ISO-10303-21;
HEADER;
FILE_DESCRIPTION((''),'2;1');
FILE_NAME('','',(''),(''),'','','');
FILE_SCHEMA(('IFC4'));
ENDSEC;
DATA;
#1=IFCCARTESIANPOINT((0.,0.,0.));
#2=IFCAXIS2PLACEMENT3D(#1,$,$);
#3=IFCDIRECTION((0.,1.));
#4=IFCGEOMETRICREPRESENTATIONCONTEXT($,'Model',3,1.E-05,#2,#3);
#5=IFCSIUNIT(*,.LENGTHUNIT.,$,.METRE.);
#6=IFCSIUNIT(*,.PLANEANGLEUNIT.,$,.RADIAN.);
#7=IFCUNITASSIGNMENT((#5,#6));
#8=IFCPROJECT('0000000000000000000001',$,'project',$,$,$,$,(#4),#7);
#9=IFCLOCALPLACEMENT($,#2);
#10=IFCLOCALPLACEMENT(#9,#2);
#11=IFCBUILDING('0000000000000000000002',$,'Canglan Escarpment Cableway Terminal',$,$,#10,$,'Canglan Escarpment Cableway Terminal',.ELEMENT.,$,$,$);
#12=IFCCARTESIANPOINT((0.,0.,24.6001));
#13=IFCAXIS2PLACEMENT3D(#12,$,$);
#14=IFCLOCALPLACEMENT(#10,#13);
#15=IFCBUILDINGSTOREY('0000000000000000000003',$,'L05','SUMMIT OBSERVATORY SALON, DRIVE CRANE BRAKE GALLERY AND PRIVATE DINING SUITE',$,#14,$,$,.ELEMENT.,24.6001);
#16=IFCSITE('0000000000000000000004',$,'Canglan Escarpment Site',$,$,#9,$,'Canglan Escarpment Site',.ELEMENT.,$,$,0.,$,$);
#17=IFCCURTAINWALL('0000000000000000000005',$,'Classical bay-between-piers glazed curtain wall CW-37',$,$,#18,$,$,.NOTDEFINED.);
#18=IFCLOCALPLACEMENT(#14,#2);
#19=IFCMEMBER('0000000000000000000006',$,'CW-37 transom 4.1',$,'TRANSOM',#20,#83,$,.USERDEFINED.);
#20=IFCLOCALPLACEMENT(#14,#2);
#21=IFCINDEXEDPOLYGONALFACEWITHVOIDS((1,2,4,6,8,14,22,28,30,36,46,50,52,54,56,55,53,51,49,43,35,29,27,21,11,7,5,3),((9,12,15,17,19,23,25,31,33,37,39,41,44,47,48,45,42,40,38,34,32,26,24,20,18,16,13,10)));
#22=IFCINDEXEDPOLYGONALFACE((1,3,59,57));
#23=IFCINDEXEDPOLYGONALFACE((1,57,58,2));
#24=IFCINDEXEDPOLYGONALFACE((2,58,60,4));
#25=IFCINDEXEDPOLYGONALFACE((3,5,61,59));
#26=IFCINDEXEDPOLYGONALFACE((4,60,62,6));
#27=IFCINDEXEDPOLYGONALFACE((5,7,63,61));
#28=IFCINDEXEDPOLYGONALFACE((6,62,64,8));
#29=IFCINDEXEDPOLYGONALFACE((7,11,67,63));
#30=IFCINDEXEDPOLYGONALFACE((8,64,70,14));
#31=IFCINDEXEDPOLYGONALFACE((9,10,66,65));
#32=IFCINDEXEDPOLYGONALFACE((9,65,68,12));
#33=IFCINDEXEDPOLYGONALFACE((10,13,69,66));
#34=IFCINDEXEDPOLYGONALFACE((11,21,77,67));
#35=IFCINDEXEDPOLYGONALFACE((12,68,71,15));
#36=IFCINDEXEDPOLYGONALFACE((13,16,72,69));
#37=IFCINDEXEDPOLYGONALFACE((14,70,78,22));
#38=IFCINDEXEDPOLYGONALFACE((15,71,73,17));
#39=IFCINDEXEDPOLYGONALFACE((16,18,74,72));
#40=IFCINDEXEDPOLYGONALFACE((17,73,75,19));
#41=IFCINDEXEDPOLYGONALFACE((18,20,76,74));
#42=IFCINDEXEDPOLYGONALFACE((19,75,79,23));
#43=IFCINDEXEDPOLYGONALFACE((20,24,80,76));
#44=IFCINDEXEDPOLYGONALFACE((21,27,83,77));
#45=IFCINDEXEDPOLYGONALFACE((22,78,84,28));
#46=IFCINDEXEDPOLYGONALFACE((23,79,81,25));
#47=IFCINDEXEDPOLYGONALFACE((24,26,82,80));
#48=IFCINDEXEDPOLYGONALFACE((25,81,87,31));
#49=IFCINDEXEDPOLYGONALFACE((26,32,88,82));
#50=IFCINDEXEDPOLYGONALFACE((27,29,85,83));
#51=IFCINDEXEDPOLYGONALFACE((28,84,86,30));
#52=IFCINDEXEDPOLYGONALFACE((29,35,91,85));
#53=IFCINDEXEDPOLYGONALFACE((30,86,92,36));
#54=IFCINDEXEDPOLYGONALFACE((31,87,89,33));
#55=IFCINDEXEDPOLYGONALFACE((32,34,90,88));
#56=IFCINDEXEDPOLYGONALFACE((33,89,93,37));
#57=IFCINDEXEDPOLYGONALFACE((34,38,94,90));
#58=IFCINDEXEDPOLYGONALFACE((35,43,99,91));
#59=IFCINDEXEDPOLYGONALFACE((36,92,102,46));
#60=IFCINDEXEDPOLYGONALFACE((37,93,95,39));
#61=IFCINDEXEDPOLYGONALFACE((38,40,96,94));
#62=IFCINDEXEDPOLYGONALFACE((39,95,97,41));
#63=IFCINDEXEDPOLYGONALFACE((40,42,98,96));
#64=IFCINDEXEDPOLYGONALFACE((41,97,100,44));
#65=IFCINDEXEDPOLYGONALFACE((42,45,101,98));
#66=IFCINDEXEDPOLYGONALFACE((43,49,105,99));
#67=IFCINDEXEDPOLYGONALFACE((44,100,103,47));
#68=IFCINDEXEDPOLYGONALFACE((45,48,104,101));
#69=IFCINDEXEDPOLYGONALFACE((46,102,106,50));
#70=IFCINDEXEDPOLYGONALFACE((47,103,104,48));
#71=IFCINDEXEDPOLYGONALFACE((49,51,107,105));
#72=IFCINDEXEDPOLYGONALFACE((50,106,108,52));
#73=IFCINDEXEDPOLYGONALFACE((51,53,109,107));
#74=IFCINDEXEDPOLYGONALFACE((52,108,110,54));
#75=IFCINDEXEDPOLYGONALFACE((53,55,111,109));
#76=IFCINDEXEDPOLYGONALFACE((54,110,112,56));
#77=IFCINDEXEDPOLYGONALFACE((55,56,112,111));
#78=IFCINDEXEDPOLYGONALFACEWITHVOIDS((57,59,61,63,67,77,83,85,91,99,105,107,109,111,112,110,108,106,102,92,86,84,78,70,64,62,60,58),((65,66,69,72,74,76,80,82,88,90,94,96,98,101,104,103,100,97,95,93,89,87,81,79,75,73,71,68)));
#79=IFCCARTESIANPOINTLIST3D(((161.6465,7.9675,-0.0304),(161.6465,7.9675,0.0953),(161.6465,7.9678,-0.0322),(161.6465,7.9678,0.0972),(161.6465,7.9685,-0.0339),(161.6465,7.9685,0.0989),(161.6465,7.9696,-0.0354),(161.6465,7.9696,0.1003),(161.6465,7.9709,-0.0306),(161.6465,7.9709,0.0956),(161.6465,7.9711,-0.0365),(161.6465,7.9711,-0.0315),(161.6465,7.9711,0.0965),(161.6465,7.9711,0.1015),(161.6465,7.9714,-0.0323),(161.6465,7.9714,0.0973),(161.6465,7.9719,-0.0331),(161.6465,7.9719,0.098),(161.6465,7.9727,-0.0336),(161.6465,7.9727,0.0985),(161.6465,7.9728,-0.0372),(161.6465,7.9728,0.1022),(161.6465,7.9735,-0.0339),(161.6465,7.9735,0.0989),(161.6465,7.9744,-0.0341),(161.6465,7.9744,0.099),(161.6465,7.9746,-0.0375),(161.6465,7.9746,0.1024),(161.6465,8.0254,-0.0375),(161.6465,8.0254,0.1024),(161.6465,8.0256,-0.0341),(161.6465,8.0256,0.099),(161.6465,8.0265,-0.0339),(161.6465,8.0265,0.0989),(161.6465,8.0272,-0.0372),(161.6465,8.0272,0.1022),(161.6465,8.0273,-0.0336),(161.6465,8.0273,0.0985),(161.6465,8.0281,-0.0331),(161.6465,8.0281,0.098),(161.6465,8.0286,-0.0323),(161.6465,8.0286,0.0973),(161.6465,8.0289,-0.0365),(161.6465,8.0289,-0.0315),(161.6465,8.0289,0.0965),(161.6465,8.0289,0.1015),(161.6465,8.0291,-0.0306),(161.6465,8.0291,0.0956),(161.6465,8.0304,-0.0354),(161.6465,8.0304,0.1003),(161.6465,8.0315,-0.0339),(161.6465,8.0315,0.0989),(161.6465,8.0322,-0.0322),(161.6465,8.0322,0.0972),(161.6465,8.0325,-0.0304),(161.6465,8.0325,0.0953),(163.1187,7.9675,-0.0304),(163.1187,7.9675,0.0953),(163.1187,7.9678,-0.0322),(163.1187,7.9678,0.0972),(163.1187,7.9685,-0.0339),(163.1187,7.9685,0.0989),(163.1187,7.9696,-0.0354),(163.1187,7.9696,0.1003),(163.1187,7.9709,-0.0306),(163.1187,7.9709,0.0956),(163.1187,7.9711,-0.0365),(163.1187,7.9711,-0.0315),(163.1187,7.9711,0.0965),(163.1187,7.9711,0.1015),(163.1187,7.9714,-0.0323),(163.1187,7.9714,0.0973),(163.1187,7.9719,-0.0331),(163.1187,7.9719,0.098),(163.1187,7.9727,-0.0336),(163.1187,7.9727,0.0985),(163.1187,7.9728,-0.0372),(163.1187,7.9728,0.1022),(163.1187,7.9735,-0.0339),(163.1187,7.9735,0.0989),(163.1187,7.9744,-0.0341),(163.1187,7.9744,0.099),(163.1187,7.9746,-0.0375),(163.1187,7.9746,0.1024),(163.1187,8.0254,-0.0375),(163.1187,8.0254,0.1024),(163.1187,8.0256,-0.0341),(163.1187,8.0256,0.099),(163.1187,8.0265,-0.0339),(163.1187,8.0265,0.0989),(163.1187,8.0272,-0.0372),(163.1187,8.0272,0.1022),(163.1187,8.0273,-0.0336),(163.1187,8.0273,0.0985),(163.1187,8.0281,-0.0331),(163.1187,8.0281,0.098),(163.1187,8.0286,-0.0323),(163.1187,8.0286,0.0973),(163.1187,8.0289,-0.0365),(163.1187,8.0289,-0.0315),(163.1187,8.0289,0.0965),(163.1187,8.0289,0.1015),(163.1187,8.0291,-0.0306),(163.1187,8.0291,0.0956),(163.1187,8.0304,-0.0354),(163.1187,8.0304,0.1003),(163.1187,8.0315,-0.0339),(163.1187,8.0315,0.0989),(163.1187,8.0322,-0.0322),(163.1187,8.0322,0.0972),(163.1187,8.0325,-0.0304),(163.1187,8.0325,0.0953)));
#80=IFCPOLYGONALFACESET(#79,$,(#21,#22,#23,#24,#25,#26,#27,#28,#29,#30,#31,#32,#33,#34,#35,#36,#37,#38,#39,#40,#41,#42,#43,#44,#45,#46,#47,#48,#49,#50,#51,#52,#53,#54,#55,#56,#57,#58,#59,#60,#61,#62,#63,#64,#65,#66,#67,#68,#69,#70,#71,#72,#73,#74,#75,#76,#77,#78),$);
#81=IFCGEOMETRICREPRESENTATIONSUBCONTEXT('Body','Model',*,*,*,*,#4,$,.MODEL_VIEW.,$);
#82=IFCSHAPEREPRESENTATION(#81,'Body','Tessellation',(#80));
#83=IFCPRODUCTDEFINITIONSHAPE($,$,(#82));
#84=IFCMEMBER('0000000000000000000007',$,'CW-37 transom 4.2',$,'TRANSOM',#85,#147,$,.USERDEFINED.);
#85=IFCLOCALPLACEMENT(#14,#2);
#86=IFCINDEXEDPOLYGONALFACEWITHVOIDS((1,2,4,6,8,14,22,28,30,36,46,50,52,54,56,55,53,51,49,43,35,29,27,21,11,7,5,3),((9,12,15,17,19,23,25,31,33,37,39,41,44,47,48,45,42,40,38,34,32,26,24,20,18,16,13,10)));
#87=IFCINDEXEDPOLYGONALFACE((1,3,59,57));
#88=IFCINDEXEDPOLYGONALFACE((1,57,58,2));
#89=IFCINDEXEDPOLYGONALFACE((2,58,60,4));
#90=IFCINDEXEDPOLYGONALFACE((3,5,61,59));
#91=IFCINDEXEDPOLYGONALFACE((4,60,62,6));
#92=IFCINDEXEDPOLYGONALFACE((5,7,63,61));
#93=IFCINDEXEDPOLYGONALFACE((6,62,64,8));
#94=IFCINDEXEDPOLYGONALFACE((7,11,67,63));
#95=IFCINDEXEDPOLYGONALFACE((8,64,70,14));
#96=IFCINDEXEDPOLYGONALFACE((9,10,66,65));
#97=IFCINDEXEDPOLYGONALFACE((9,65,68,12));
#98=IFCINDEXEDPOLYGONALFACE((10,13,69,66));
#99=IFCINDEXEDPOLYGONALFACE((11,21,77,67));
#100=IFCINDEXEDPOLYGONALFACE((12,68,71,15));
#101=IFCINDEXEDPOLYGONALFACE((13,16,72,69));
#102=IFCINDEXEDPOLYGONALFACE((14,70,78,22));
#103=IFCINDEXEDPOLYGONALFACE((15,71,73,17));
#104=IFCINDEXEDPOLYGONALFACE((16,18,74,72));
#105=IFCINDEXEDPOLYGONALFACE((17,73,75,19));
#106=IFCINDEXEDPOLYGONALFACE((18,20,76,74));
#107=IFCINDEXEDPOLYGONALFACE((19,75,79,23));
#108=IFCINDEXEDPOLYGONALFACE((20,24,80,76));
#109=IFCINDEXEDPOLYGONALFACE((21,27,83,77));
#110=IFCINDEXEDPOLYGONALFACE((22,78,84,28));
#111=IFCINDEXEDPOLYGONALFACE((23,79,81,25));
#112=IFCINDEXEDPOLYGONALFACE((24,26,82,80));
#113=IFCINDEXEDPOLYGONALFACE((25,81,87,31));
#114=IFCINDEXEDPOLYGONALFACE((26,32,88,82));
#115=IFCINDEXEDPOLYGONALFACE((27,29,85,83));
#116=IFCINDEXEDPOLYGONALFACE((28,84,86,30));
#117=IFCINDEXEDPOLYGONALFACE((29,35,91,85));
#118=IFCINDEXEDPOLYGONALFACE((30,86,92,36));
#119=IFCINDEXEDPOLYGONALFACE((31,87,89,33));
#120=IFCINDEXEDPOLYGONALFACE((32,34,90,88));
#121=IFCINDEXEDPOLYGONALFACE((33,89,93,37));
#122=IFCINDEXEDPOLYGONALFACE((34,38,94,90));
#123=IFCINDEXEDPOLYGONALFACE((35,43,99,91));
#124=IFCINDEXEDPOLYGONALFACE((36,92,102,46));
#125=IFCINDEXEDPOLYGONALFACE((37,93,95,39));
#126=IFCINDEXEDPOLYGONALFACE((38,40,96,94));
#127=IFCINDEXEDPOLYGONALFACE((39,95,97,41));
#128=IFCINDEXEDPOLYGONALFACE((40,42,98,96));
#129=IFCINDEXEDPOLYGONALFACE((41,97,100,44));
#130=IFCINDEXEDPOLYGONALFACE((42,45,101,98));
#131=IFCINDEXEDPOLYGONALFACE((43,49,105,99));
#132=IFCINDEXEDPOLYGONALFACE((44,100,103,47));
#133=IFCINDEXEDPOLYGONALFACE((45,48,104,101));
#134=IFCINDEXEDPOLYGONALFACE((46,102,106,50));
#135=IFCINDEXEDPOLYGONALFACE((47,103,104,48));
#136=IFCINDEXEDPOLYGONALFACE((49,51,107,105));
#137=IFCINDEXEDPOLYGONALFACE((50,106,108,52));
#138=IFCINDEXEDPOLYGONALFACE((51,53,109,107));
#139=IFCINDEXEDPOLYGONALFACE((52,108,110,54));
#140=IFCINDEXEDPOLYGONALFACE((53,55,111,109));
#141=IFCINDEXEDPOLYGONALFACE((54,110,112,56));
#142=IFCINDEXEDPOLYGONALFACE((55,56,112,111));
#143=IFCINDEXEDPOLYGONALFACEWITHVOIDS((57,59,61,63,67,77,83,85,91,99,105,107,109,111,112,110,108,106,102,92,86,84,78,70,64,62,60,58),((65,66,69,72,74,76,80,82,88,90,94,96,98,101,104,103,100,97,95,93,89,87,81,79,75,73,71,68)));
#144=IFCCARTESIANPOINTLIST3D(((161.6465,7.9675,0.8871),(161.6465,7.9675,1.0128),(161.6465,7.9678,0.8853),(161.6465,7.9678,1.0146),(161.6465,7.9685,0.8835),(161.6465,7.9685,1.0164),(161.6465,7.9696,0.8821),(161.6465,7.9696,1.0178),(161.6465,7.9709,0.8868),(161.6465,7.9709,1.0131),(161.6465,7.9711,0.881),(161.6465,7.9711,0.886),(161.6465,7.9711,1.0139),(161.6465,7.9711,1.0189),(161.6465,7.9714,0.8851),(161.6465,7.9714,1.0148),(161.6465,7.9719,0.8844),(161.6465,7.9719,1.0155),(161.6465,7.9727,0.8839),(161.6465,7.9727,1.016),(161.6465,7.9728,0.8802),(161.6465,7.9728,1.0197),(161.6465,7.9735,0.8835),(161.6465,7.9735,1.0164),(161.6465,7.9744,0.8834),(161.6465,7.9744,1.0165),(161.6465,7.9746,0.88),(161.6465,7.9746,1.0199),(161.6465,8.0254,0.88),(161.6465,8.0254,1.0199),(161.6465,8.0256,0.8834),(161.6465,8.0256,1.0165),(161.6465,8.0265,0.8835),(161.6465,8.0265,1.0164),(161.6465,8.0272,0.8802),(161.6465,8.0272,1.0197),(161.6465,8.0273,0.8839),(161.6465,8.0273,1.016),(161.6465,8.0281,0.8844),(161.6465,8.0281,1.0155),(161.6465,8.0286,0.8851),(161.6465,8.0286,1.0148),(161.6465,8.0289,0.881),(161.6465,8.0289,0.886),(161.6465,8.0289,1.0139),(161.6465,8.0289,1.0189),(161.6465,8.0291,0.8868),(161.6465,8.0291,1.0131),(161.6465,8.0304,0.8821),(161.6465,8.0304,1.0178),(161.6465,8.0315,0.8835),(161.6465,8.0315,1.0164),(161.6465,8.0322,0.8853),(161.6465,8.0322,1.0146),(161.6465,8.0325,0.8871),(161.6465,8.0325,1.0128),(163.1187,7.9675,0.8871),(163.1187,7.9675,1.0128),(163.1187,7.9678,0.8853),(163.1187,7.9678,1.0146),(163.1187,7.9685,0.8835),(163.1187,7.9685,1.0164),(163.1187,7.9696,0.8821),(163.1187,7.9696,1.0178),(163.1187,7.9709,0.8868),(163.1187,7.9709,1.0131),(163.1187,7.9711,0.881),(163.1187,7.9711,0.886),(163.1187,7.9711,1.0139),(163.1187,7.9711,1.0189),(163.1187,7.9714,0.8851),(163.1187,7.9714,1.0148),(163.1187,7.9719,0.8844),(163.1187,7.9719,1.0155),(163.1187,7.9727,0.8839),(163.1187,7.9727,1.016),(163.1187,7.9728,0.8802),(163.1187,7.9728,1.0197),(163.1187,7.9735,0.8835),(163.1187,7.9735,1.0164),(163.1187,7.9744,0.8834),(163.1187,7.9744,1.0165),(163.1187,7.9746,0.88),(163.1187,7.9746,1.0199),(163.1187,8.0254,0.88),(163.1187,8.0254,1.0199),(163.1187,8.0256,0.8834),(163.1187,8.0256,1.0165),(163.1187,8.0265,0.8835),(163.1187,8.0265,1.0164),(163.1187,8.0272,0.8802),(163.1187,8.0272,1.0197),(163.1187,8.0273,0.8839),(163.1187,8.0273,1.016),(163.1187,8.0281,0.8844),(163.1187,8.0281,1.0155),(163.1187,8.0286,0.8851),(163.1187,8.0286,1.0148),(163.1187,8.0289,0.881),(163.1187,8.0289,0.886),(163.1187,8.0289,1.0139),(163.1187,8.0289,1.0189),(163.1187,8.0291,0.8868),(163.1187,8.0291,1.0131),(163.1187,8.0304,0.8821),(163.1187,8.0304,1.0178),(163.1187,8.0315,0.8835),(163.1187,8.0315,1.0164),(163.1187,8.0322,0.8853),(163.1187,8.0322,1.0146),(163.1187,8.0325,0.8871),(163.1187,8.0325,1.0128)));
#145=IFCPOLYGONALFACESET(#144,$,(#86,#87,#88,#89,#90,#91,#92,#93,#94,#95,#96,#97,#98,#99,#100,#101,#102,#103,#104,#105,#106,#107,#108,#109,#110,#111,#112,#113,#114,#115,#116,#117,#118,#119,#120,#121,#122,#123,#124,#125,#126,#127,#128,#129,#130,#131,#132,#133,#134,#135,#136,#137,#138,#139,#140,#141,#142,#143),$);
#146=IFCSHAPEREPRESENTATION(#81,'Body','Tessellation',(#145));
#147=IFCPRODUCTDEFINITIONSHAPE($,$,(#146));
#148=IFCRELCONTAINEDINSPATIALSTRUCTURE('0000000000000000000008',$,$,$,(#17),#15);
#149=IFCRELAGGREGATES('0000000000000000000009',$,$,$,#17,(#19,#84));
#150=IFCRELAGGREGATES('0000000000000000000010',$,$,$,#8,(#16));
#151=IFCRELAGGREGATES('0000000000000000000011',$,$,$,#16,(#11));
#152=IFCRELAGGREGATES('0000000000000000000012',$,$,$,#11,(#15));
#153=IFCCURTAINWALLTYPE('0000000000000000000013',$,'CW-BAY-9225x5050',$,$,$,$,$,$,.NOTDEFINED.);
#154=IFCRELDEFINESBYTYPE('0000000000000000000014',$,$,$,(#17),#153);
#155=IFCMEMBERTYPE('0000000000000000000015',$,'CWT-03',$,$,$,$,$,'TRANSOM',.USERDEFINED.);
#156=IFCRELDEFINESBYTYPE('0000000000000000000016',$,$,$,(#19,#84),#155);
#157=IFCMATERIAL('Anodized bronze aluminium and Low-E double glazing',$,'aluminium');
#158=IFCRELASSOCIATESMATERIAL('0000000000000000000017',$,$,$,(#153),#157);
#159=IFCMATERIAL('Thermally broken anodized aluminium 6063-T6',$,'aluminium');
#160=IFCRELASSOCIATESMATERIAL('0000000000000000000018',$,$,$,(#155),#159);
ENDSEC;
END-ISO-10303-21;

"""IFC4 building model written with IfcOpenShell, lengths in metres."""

from ifc_helpers import new_model, si_unit, direction, frame, origin, origin_2d, place, context, subcontext, project, spatial, hollow_rectangle, extrude, material, material_profile, profile_set, type_object, element, aggregate, save


model = new_model("IFC4")

# Units and contexts
model_context = context("Model", 3, precision=1e-05, world=origin(), true_north=direction((0.0, 1.0)))
body_context = subcontext(model_context, "Body", "Model", "MODEL_VIEW")
ifc_project = project(units=[si_unit("LENGTHUNIT", "METRE"), si_unit("PLANEANGLEUNIT", "RADIAN")], contexts=[model_context])

# Site, building, storey
site_placement = place(None, origin())
site = spatial("IfcSite", under=ifc_project, at=site_placement, Name="Canglan Escarpment Site", LongName="Canglan Escarpment Site", CompositionType="ELEMENT", RefElevation=0.0)
building_placement = place(site_placement, origin())
building = spatial("IfcBuilding", under=site, at=building_placement, Name="Canglan Escarpment Cableway Terminal", LongName="Canglan Escarpment Cableway Terminal", CompositionType="ELEMENT")
storey_placement = place(building_placement, frame((0.0, 0.0, 24.6001)))
storey = spatial("IfcBuildingStorey", under=building, at=storey_placement, Name="L05", Description="SUMMIT OBSERVATORY SALON, DRIVE CRANE BRAKE GALLERY AND PRIVATE DINING SUITE", CompositionType="ELEMENT", Elevation=24.6001)

# Curtain wall, members
ifc_material_1 = material(Name="Anodized bronze aluminium and Low-E double glazing", Category="aluminium")
curtain_wall_type = type_object("IfcCurtainWallType", Name="CW-BAY-9225x5050", PredefinedType="NOTDEFINED", material=ifc_material_1)
curtain_wall_placement = place(storey_placement, origin())
curtain_wall = element("IfcCurtainWall", 1, at=curtain_wall_placement, inside=storey, type_object=curtain_wall_type, Name="Classical bay-between-piers glazed curtain wall CW-37", PredefinedType="NOTDEFINED")
ifc_material_2 = material(Name="Thermally broken anodized aluminium 6063-T6", Category="aluminium")
ifc_material_profile_1 = material_profile(ifc_material_2, hollow_rectangle(XDim=0.0649, YDim=0.1399, WallThickness=0.0034, InnerFilletRadius=0.0034, OuterFilletRadius=0.0071, at=origin_2d()), Name="ALU-TRAN 65x140x3.5")
ifc_profile_set_1 = profile_set([ifc_material_profile_1], Name="Thermally broken anodized aluminium 6063-T6")
member_type_1 = type_object("IfcMemberType", Name="CWT-03", ElementType="TRANSOM", PredefinedType="USERDEFINED", material=ifc_profile_set_1)
member_1_placement = place(storey_placement, frame((161.6465, 8.0, 0.0325), z_axis=(1.0, 0.0, 0.0), x_axis=(0.0, 1.0, 0.0)))
member_1 = element("IfcMember", 2, at=member_1_placement, type_object=member_type_1, Name="CW-37 transom 4.1", ObjectType="TRANSOM", PredefinedType="USERDEFINED", context=body_context, shape_type="SweptSolid", body=[
    extrude(hollow_rectangle(XDim=0.0649, YDim=0.1399, WallThickness=0.0034, InnerFilletRadius=0.0034, OuterFilletRadius=0.0071, at=origin_2d()), origin(), (0.0, 0.0, 1.0), 1.4722),
])
member_2_placement = place(storey_placement, frame((161.6465, 8.0, 0.95), z_axis=(1.0, 0.0, 0.0), x_axis=(0.0, 1.0, 0.0)))
member_2 = element("IfcMember", 3, at=member_2_placement, type_object=member_type_1, Name="CW-37 transom 4.2", ObjectType="TRANSOM", PredefinedType="USERDEFINED", context=body_context, shape_type="SweptSolid", body=[
    extrude(hollow_rectangle(XDim=0.0649, YDim=0.1399, WallThickness=0.0034, InnerFilletRadius=0.0034, OuterFilletRadius=0.0071, at=origin_2d()), origin(), (0.0, 0.0, 1.0), 1.4722),
])

aggregate(curtain_wall, [member_1, member_2])

save(model, "model.ifc")
